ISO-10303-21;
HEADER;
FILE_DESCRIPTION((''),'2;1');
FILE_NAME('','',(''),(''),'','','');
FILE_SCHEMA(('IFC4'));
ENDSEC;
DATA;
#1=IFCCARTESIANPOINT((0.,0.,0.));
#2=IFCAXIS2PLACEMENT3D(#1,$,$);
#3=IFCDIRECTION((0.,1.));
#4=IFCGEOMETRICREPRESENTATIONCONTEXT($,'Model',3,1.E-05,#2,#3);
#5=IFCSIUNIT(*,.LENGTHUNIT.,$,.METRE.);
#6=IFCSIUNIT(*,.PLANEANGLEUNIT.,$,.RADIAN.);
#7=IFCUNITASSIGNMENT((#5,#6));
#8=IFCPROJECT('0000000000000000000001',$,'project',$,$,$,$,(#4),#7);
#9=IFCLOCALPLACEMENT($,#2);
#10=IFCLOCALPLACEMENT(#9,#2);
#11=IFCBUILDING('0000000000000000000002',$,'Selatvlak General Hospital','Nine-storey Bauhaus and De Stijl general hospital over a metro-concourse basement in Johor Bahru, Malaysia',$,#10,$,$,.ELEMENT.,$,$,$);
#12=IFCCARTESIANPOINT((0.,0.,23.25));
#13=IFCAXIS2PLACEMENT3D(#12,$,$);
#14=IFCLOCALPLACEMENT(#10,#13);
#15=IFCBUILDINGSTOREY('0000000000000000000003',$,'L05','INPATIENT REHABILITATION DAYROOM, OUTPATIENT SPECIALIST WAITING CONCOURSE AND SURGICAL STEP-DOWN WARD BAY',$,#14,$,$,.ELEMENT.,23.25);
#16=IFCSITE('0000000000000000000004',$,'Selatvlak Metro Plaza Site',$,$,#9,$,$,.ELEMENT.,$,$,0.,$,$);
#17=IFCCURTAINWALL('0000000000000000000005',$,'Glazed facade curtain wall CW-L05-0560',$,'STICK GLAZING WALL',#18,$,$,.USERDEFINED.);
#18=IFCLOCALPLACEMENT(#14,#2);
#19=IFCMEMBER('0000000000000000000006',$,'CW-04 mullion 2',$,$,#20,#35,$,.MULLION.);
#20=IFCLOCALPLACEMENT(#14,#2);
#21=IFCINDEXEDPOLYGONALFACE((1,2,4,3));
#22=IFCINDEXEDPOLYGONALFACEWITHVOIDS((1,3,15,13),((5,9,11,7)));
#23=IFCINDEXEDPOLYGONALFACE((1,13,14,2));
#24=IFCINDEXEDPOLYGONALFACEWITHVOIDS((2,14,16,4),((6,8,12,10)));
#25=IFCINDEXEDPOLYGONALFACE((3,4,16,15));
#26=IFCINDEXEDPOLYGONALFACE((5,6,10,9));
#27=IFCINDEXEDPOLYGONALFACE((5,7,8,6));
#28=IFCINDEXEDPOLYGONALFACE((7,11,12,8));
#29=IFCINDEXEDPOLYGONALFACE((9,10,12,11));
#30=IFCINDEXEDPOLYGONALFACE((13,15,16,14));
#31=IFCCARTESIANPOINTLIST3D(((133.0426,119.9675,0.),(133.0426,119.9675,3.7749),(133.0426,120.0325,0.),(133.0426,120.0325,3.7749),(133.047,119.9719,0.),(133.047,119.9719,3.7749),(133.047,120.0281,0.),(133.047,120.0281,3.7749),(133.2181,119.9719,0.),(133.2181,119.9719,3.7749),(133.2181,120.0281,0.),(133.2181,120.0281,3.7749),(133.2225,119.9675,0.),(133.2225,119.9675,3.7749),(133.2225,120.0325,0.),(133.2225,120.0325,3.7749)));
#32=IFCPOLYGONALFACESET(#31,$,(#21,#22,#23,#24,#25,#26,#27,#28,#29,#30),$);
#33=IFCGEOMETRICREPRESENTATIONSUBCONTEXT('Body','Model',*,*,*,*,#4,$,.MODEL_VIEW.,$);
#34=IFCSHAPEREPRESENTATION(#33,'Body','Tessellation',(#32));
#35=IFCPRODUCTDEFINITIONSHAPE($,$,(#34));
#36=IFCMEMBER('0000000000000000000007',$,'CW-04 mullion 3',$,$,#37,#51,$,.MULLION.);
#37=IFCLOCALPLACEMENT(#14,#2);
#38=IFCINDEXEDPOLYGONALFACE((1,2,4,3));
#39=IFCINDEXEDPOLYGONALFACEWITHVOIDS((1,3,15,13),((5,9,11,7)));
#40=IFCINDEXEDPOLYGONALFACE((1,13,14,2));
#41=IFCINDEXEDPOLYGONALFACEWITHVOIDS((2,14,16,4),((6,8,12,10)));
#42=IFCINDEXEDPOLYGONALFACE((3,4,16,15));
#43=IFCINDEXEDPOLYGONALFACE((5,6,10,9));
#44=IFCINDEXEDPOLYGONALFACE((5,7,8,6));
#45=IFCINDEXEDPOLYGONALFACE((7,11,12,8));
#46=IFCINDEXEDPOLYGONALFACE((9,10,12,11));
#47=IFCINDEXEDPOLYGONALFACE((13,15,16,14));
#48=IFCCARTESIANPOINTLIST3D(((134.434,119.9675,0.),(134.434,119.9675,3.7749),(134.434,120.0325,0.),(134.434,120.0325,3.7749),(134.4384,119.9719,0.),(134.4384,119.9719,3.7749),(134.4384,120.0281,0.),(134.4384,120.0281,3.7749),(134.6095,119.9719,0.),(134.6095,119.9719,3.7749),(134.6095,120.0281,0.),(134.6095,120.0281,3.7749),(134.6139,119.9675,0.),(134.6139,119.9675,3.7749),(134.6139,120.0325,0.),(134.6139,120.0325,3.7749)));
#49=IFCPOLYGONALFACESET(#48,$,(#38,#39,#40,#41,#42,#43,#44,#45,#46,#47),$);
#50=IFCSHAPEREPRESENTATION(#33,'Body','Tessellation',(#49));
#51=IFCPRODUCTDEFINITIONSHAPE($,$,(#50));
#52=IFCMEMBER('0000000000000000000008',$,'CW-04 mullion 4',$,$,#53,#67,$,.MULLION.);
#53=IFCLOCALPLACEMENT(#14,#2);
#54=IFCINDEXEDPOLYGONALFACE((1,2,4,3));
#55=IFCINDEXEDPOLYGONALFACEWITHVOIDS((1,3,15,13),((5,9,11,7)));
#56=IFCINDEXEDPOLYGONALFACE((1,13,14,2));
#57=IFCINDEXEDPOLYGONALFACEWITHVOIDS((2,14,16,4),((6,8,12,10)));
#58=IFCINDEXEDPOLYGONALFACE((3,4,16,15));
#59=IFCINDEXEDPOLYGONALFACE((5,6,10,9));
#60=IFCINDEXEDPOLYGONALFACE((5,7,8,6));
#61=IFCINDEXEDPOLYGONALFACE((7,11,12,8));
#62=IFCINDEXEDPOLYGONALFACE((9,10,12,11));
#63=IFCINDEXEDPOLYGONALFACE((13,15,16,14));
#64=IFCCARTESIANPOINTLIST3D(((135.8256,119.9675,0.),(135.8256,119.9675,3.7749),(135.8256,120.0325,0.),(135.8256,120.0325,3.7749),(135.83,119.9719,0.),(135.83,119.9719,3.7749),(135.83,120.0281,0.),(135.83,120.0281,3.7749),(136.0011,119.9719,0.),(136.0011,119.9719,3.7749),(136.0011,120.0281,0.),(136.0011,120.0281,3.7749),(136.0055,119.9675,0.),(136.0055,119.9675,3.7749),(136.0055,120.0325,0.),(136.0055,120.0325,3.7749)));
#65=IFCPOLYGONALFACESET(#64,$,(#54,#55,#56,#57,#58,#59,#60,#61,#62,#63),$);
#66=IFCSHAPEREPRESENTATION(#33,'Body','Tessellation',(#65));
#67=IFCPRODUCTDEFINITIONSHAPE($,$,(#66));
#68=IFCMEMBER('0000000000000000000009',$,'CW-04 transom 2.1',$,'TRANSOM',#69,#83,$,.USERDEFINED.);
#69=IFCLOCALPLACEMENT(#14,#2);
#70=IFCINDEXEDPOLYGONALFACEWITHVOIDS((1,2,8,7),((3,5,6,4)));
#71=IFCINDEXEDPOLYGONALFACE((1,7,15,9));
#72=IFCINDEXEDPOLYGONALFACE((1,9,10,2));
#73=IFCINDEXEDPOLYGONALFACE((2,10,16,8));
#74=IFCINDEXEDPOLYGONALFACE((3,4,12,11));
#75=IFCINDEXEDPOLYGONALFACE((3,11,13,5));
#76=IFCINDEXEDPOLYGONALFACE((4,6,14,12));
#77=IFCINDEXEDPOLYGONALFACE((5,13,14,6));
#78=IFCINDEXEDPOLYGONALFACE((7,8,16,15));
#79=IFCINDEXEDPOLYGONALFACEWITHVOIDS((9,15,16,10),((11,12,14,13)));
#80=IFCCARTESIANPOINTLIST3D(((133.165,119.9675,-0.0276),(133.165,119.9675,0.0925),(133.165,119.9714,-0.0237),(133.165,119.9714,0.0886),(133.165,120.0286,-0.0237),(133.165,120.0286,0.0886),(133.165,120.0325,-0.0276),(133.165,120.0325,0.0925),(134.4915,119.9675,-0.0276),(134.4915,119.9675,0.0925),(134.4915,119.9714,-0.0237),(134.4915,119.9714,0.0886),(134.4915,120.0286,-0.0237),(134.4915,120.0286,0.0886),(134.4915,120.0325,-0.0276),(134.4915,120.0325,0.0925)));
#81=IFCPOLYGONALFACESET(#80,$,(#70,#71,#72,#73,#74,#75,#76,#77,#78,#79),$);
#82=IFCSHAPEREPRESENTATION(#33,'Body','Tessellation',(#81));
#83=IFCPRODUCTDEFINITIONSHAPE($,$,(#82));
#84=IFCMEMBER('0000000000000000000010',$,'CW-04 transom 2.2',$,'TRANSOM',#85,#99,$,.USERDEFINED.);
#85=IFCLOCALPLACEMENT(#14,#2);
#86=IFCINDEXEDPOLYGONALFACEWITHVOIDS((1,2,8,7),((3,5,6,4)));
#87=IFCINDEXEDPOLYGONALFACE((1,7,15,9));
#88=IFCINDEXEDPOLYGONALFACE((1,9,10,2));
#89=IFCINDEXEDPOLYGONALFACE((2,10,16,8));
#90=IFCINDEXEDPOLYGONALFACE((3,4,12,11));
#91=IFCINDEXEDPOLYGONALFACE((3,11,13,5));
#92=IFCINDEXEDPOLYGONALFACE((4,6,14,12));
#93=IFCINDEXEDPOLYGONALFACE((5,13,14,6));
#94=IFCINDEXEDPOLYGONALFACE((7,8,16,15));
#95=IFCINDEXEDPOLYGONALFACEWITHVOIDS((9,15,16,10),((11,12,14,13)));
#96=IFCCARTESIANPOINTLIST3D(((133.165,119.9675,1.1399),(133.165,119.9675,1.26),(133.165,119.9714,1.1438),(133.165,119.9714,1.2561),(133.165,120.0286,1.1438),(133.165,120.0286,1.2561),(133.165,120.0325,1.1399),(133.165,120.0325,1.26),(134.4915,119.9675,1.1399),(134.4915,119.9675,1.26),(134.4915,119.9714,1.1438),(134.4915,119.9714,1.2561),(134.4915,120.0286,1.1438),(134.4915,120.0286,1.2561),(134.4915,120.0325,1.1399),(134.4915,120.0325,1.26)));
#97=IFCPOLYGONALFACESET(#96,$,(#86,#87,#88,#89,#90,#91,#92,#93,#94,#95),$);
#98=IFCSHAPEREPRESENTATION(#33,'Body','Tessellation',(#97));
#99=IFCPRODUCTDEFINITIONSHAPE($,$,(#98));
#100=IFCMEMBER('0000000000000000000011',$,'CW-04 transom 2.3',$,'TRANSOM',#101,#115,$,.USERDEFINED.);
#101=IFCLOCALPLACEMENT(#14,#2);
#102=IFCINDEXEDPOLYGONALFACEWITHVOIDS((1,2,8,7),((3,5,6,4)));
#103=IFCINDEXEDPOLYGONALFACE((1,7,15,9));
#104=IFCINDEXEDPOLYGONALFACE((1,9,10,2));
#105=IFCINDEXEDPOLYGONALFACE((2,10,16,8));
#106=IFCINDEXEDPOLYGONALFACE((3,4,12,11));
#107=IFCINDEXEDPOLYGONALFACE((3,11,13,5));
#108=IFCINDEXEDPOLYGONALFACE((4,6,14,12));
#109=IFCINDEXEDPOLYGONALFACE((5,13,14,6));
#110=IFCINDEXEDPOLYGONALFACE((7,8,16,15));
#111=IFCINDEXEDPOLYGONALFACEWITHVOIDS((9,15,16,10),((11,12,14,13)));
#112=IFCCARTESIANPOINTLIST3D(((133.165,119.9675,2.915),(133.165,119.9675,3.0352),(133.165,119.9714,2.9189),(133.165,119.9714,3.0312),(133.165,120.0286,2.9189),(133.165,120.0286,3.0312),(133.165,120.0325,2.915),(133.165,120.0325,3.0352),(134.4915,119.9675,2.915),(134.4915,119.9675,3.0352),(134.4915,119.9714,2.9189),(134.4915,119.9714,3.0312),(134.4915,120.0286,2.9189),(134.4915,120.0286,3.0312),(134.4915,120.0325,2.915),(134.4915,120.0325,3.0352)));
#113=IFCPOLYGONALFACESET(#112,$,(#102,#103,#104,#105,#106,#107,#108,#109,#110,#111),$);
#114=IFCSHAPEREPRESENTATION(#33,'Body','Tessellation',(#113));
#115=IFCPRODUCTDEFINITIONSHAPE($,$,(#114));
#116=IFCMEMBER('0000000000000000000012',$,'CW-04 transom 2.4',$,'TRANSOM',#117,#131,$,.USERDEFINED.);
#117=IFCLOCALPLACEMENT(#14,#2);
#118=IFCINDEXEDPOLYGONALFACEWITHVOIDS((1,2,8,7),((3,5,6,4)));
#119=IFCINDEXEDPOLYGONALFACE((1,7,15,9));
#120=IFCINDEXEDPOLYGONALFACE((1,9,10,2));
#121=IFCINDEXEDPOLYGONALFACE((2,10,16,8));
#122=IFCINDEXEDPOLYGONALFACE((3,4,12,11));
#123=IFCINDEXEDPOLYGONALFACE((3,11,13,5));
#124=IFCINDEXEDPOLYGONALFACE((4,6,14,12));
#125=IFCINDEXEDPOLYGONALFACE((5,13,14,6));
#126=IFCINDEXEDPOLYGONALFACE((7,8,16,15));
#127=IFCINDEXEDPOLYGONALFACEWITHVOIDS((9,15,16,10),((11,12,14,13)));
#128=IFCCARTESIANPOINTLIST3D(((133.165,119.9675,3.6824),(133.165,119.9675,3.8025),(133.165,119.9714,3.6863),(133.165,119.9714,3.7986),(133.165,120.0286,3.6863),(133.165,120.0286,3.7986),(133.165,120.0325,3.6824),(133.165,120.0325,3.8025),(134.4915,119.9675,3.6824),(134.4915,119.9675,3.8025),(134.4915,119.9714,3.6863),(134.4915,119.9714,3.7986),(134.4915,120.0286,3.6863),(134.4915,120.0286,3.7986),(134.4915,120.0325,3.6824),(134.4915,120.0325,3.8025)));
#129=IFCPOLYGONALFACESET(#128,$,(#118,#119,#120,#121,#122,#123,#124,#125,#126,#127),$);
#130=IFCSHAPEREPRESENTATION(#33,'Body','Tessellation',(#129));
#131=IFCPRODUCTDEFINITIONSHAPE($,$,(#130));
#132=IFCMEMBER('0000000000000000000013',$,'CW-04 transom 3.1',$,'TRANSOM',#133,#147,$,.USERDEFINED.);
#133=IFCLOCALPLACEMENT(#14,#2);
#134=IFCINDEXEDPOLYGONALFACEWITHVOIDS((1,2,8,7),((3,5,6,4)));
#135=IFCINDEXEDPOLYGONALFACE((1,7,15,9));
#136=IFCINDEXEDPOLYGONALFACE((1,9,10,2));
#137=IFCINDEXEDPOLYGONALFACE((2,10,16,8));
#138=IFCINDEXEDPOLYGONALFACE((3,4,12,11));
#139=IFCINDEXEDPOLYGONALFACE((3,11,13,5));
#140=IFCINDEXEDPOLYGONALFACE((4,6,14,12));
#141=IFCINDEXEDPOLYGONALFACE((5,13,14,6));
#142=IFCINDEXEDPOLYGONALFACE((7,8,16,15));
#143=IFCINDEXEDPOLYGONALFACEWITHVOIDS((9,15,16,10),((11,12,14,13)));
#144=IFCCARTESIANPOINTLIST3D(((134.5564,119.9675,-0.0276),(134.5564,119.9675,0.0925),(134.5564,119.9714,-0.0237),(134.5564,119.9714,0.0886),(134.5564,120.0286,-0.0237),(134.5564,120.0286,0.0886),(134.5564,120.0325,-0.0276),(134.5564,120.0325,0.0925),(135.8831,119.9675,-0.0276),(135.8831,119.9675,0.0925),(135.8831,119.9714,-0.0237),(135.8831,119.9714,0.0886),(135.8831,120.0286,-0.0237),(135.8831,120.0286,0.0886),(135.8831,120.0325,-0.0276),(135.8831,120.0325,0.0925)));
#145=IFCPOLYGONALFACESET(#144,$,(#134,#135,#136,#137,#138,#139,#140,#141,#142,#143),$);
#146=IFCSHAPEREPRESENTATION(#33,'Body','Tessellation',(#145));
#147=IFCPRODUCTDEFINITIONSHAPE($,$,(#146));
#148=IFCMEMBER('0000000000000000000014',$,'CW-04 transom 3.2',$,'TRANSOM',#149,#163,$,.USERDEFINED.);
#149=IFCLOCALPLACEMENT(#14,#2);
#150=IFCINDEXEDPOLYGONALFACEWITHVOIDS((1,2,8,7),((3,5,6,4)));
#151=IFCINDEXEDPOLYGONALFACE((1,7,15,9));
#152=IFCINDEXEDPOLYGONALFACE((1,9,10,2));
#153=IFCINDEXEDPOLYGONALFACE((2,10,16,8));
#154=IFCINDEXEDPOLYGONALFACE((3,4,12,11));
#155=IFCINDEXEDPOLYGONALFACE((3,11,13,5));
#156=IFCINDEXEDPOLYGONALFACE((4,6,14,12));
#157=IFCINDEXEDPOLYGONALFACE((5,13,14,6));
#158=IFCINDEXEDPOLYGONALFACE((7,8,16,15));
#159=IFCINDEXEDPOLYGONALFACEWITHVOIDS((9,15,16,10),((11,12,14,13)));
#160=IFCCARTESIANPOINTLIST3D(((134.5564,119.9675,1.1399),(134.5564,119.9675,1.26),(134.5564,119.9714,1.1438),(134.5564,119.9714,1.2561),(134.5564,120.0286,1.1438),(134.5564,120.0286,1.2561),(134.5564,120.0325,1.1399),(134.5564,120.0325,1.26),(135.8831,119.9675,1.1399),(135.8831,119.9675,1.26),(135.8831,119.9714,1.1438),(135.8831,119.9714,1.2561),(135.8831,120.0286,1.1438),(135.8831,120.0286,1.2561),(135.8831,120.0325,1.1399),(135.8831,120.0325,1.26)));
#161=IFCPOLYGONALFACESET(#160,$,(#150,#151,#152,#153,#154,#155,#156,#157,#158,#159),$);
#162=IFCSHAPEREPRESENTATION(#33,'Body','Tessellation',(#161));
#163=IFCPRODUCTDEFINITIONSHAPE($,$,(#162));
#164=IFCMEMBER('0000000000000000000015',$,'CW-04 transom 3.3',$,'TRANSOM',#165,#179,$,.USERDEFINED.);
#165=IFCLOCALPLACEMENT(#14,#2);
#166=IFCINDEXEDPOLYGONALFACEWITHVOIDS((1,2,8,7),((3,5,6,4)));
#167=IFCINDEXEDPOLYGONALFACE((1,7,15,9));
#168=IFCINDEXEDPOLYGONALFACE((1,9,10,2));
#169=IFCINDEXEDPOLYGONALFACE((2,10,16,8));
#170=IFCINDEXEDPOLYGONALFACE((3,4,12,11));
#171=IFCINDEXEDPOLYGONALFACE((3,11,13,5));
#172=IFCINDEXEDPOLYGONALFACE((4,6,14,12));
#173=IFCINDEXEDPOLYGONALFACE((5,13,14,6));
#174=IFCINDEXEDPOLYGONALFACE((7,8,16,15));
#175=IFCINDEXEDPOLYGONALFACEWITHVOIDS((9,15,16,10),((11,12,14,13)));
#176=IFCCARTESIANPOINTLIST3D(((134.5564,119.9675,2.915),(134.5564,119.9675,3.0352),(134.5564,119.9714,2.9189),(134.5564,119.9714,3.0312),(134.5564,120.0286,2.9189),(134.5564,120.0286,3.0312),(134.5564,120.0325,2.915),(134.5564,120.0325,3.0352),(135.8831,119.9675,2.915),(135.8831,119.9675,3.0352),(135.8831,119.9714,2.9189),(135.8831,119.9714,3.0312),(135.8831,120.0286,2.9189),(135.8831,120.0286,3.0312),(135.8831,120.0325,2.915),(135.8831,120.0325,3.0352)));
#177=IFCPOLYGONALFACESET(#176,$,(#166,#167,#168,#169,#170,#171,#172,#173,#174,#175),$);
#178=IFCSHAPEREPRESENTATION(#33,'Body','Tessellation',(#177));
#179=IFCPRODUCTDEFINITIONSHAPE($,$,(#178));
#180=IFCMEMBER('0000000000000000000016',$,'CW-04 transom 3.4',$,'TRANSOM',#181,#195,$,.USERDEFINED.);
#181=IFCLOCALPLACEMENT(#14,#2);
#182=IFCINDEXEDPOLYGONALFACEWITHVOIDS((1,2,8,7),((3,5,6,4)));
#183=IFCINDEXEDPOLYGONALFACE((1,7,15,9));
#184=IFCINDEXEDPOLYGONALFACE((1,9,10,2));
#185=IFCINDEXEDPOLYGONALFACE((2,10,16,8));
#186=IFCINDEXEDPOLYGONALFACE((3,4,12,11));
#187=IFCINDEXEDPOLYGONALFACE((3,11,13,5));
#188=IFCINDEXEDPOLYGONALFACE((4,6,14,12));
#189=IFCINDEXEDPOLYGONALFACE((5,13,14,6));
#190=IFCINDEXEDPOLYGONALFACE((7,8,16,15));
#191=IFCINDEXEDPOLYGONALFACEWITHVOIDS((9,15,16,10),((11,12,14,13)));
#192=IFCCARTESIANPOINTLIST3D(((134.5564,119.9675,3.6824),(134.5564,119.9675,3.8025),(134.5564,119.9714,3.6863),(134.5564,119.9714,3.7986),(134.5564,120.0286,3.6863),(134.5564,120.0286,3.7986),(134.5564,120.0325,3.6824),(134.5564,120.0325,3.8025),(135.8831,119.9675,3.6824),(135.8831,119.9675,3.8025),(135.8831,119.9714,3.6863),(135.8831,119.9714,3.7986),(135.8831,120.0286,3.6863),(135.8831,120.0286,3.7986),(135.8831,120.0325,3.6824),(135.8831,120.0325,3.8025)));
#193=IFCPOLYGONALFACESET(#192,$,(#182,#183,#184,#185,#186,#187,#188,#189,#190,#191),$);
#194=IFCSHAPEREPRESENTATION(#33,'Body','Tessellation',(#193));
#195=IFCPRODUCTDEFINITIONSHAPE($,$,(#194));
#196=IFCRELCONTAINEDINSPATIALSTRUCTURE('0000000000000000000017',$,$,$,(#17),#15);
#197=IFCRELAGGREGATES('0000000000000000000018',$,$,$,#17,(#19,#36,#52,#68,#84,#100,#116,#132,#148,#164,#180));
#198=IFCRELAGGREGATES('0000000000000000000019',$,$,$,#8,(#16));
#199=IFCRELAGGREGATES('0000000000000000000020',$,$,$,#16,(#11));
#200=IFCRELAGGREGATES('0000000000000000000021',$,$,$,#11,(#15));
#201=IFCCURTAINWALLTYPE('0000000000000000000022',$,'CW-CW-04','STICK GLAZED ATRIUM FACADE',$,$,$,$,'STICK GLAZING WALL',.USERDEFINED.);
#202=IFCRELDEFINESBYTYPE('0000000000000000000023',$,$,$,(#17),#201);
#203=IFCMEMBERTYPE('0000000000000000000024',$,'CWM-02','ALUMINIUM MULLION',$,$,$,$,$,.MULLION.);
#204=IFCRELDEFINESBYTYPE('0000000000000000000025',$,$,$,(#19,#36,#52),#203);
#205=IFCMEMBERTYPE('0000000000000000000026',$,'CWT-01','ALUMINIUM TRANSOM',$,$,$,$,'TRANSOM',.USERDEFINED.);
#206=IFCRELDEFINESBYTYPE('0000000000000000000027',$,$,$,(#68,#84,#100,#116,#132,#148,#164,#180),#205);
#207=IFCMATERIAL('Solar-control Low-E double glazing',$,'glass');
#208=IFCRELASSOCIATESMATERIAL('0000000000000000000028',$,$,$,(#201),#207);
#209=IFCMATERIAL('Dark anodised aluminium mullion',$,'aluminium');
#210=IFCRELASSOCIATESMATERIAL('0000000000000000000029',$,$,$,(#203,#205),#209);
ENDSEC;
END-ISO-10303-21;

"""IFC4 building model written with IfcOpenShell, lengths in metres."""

from ifc_helpers import new_model, si_unit, direction, frame, origin, origin_2d, place, context, subcontext, project, spatial, hollow_rectangle, extrude, material, material_profile, profile_set, type_object, element, aggregate, save


model = new_model("IFC4")

# Units and contexts
model_context = context("Model", 3, precision=1e-05, world=origin(), true_north=direction((0.0, 1.0)))
body_context = subcontext(model_context, "Body", "Model", "MODEL_VIEW")
ifc_project = project(units=[si_unit("LENGTHUNIT", "METRE"), si_unit("PLANEANGLEUNIT", "RADIAN")], contexts=[model_context])

# Site, building, storey
site_placement = place(None, origin())
site = spatial("IfcSite", under=ifc_project, at=site_placement, Name="Selatvlak Metro Plaza Site", CompositionType="ELEMENT", RefElevation=0.0)
building_placement = place(site_placement, origin())
building = spatial("IfcBuilding", under=site, at=building_placement, Name="Selatvlak General Hospital", Description="Nine-storey Bauhaus and De Stijl general hospital over a metro-concourse basement in Johor Bahru, Malaysia", CompositionType="ELEMENT")
storey_placement = place(building_placement, frame((0.0, 0.0, 23.25)))
storey = spatial("IfcBuildingStorey", under=building, at=storey_placement, Name="L05", Description="INPATIENT REHABILITATION DAYROOM, OUTPATIENT SPECIALIST WAITING CONCOURSE AND SURGICAL STEP-DOWN WARD BAY", CompositionType="ELEMENT", Elevation=23.25)

# Curtain wall, members
ifc_material_1 = material(Name="Solar-control Low-E double glazing", Category="glass")
curtain_wall_type = type_object("IfcCurtainWallType", Name="CW-CW-04", Description="STICK GLAZED ATRIUM FACADE", ElementType="STICK GLAZING WALL", PredefinedType="USERDEFINED", material=ifc_material_1)
curtain_wall_placement = place(storey_placement, origin())
curtain_wall = element("IfcCurtainWall", 1, at=curtain_wall_placement, inside=storey, type_object=curtain_wall_type, Name="Glazed facade curtain wall CW-L05-0560", ObjectType="STICK GLAZING WALL", PredefinedType="USERDEFINED")
ifc_material_2 = material(Name="Dark anodised aluminium mullion", Category="aluminium")
ifc_material_profile_1 = material_profile(ifc_material_2, hollow_rectangle(XDim=0.0649, YDim=0.1799, WallThickness=0.0044, at=origin_2d()), Name="AL-MUL 65x180x4.5")
ifc_profile_set_1 = profile_set([ifc_material_profile_1], Name="Dark anodised aluminium mullion")
member_type_1 = type_object("IfcMemberType", Name="CWM-02", Description="ALUMINIUM MULLION", PredefinedType="MULLION", material=ifc_profile_set_1)
member_1_placement = place(storey_placement, frame((133.1326, 120.0, 0.0), z_axis=(0.0, 0.0, 1.0), x_axis=(0.0, 1.0, 0.0)))
member_1 = element("IfcMember", 2, at=member_1_placement, type_object=member_type_1, Name="CW-04 mullion 2", PredefinedType="MULLION", context=body_context, shape_type="SweptSolid", body=[
    extrude(hollow_rectangle(XDim=0.0649, YDim=0.1799, WallThickness=0.0044, at=origin_2d()), origin(), (0.0, 0.0, 1.0), 3.7749),
])
member_2_placement = place(storey_placement, frame((134.5239, 120.0, 0.0), z_axis=(0.0, 0.0, 1.0), x_axis=(0.0, 1.0, 0.0)))
member_2 = element("IfcMember", 3, at=member_2_placement, type_object=member_type_1, Name="CW-04 mullion 3", PredefinedType="MULLION", context=body_context, shape_type="SweptSolid", body=[
    extrude(hollow_rectangle(XDim=0.0649, YDim=0.1799, WallThickness=0.0044, at=origin_2d()), origin(), (0.0, 0.0, 1.0), 3.7749),
])
member_3_placement = place(storey_placement, frame((135.9155, 120.0, 0.0), z_axis=(0.0, 0.0, 1.0), x_axis=(0.0, 1.0, 0.0)))
member_3 = element("IfcMember", 4, at=member_3_placement, type_object=member_type_1, Name="CW-04 mullion 4", PredefinedType="MULLION", context=body_context, shape_type="SweptSolid", body=[
    extrude(hollow_rectangle(XDim=0.0649, YDim=0.1799, WallThickness=0.0044, at=origin_2d()), origin(), (0.0, 0.0, 1.0), 3.7749),
])
ifc_material_profile_2 = material_profile(ifc_material_2, hollow_rectangle(XDim=0.0649, YDim=0.1201, WallThickness=0.0039, at=origin_2d()), Name="AL-TRN 65x120x4")
ifc_profile_set_2 = profile_set([ifc_material_profile_2], Name="Dark anodised aluminium mullion")
member_type_2 = type_object("IfcMemberType", Name="CWT-01", Description="ALUMINIUM TRANSOM", ElementType="TRANSOM", PredefinedType="USERDEFINED", material=ifc_profile_set_2)
member_4_placement = place(storey_placement, frame((133.165, 120.0, 0.0325), z_axis=(1.0, 0.0, 0.0), x_axis=(0.0, 1.0, 0.0)))
member_4 = element("IfcMember", 5, at=member_4_placement, type_object=member_type_2, Name="CW-04 transom 2.1", ObjectType="TRANSOM", PredefinedType="USERDEFINED", context=body_context, shape_type="SweptSolid", body=[
    extrude(hollow_rectangle(XDim=0.0649, YDim=0.1201, WallThickness=0.0039, at=origin_2d()), origin(), (0.0, 0.0, 1.0), 1.3264),
])
member_5_placement = place(storey_placement, frame((133.165, 120.0, 1.2), z_axis=(1.0, 0.0, 0.0), x_axis=(0.0, 1.0, 0.0)))
member_5 = element("IfcMember", 6, at=member_5_placement, type_object=member_type_2, Name="CW-04 transom 2.2", ObjectType="TRANSOM", PredefinedType="USERDEFINED", context=body_context, shape_type="SweptSolid", body=[
    extrude(hollow_rectangle(XDim=0.0649, YDim=0.1201, WallThickness=0.0039, at=origin_2d()), origin(), (0.0, 0.0, 1.0), 1.3264),
])
member_6_placement = place(storey_placement, frame((133.165, 120.0, 2.9751), z_axis=(1.0, 0.0, 0.0), x_axis=(0.0, 1.0, 0.0)))
member_6 = element("IfcMember", 7, at=member_6_placement, type_object=member_type_2, Name="CW-04 transom 2.3", ObjectType="TRANSOM", PredefinedType="USERDEFINED", context=body_context, shape_type="SweptSolid", body=[
    extrude(hollow_rectangle(XDim=0.0649, YDim=0.1201, WallThickness=0.0039, at=origin_2d()), origin(), (0.0, 0.0, 1.0), 1.3264),
])
member_7_placement = place(storey_placement, frame((133.165, 120.0, 3.7424), z_axis=(1.0, 0.0, 0.0), x_axis=(0.0, 1.0, 0.0)))
member_7 = element("IfcMember", 8, at=member_7_placement, type_object=member_type_2, Name="CW-04 transom 2.4", ObjectType="TRANSOM", PredefinedType="USERDEFINED", context=body_context, shape_type="SweptSolid", body=[
    extrude(hollow_rectangle(XDim=0.0649, YDim=0.1201, WallThickness=0.0039, at=origin_2d()), origin(), (0.0, 0.0, 1.0), 1.3264),
])
member_8_placement = place(storey_placement, frame((134.5564, 120.0, 0.0325), z_axis=(1.0, 0.0, 0.0), x_axis=(0.0, 1.0, 0.0)))
member_8 = element("IfcMember", 9, at=member_8_placement, type_object=member_type_2, Name="CW-04 transom 3.1", ObjectType="TRANSOM", PredefinedType="USERDEFINED", context=body_context, shape_type="SweptSolid", body=[
    extrude(hollow_rectangle(XDim=0.0649, YDim=0.1201, WallThickness=0.0039, at=origin_2d()), origin(), (0.0, 0.0, 1.0), 1.3267),
])
member_9_placement = place(storey_placement, frame((134.5564, 120.0, 1.2), z_axis=(1.0, 0.0, 0.0), x_axis=(0.0, 1.0, 0.0)))
member_9 = element("IfcMember", 10, at=member_9_placement, type_object=member_type_2, Name="CW-04 transom 3.2", ObjectType="TRANSOM", PredefinedType="USERDEFINED", context=body_context, shape_type="SweptSolid", body=[
    extrude(hollow_rectangle(XDim=0.0649, YDim=0.1201, WallThickness=0.0039, at=origin_2d()), origin(), (0.0, 0.0, 1.0), 1.3267),
])
member_10_placement = place(storey_placement, frame((134.5564, 120.0, 2.9751), z_axis=(1.0, 0.0, 0.0), x_axis=(0.0, 1.0, 0.0)))
member_10 = element("IfcMember", 11, at=member_10_placement, type_object=member_type_2, Name="CW-04 transom 3.3", ObjectType="TRANSOM", PredefinedType="USERDEFINED", context=body_context, shape_type="SweptSolid", body=[
    extrude(hollow_rectangle(XDim=0.0649, YDim=0.1201, WallThickness=0.0039, at=origin_2d()), origin(), (0.0, 0.0, 1.0), 1.3267),
])
member_11_placement = place(storey_placement, frame((134.5564, 120.0, 3.7424), z_axis=(1.0, 0.0, 0.0), x_axis=(0.0, 1.0, 0.0)))
member_11 = element("IfcMember", 12, at=member_11_placement, type_object=member_type_2, Name="CW-04 transom 3.4", ObjectType="TRANSOM", PredefinedType="USERDEFINED", context=body_context, shape_type="SweptSolid", body=[
    extrude(hollow_rectangle(XDim=0.0649, YDim=0.1201, WallThickness=0.0039, at=origin_2d()), origin(), (0.0, 0.0, 1.0), 1.3267),
])
aggregate(curtain_wall, [member_1, member_2, member_3, member_4, member_5, member_6, member_7, member_8, member_9, member_10, member_11])

save(model, "model.ifc")
